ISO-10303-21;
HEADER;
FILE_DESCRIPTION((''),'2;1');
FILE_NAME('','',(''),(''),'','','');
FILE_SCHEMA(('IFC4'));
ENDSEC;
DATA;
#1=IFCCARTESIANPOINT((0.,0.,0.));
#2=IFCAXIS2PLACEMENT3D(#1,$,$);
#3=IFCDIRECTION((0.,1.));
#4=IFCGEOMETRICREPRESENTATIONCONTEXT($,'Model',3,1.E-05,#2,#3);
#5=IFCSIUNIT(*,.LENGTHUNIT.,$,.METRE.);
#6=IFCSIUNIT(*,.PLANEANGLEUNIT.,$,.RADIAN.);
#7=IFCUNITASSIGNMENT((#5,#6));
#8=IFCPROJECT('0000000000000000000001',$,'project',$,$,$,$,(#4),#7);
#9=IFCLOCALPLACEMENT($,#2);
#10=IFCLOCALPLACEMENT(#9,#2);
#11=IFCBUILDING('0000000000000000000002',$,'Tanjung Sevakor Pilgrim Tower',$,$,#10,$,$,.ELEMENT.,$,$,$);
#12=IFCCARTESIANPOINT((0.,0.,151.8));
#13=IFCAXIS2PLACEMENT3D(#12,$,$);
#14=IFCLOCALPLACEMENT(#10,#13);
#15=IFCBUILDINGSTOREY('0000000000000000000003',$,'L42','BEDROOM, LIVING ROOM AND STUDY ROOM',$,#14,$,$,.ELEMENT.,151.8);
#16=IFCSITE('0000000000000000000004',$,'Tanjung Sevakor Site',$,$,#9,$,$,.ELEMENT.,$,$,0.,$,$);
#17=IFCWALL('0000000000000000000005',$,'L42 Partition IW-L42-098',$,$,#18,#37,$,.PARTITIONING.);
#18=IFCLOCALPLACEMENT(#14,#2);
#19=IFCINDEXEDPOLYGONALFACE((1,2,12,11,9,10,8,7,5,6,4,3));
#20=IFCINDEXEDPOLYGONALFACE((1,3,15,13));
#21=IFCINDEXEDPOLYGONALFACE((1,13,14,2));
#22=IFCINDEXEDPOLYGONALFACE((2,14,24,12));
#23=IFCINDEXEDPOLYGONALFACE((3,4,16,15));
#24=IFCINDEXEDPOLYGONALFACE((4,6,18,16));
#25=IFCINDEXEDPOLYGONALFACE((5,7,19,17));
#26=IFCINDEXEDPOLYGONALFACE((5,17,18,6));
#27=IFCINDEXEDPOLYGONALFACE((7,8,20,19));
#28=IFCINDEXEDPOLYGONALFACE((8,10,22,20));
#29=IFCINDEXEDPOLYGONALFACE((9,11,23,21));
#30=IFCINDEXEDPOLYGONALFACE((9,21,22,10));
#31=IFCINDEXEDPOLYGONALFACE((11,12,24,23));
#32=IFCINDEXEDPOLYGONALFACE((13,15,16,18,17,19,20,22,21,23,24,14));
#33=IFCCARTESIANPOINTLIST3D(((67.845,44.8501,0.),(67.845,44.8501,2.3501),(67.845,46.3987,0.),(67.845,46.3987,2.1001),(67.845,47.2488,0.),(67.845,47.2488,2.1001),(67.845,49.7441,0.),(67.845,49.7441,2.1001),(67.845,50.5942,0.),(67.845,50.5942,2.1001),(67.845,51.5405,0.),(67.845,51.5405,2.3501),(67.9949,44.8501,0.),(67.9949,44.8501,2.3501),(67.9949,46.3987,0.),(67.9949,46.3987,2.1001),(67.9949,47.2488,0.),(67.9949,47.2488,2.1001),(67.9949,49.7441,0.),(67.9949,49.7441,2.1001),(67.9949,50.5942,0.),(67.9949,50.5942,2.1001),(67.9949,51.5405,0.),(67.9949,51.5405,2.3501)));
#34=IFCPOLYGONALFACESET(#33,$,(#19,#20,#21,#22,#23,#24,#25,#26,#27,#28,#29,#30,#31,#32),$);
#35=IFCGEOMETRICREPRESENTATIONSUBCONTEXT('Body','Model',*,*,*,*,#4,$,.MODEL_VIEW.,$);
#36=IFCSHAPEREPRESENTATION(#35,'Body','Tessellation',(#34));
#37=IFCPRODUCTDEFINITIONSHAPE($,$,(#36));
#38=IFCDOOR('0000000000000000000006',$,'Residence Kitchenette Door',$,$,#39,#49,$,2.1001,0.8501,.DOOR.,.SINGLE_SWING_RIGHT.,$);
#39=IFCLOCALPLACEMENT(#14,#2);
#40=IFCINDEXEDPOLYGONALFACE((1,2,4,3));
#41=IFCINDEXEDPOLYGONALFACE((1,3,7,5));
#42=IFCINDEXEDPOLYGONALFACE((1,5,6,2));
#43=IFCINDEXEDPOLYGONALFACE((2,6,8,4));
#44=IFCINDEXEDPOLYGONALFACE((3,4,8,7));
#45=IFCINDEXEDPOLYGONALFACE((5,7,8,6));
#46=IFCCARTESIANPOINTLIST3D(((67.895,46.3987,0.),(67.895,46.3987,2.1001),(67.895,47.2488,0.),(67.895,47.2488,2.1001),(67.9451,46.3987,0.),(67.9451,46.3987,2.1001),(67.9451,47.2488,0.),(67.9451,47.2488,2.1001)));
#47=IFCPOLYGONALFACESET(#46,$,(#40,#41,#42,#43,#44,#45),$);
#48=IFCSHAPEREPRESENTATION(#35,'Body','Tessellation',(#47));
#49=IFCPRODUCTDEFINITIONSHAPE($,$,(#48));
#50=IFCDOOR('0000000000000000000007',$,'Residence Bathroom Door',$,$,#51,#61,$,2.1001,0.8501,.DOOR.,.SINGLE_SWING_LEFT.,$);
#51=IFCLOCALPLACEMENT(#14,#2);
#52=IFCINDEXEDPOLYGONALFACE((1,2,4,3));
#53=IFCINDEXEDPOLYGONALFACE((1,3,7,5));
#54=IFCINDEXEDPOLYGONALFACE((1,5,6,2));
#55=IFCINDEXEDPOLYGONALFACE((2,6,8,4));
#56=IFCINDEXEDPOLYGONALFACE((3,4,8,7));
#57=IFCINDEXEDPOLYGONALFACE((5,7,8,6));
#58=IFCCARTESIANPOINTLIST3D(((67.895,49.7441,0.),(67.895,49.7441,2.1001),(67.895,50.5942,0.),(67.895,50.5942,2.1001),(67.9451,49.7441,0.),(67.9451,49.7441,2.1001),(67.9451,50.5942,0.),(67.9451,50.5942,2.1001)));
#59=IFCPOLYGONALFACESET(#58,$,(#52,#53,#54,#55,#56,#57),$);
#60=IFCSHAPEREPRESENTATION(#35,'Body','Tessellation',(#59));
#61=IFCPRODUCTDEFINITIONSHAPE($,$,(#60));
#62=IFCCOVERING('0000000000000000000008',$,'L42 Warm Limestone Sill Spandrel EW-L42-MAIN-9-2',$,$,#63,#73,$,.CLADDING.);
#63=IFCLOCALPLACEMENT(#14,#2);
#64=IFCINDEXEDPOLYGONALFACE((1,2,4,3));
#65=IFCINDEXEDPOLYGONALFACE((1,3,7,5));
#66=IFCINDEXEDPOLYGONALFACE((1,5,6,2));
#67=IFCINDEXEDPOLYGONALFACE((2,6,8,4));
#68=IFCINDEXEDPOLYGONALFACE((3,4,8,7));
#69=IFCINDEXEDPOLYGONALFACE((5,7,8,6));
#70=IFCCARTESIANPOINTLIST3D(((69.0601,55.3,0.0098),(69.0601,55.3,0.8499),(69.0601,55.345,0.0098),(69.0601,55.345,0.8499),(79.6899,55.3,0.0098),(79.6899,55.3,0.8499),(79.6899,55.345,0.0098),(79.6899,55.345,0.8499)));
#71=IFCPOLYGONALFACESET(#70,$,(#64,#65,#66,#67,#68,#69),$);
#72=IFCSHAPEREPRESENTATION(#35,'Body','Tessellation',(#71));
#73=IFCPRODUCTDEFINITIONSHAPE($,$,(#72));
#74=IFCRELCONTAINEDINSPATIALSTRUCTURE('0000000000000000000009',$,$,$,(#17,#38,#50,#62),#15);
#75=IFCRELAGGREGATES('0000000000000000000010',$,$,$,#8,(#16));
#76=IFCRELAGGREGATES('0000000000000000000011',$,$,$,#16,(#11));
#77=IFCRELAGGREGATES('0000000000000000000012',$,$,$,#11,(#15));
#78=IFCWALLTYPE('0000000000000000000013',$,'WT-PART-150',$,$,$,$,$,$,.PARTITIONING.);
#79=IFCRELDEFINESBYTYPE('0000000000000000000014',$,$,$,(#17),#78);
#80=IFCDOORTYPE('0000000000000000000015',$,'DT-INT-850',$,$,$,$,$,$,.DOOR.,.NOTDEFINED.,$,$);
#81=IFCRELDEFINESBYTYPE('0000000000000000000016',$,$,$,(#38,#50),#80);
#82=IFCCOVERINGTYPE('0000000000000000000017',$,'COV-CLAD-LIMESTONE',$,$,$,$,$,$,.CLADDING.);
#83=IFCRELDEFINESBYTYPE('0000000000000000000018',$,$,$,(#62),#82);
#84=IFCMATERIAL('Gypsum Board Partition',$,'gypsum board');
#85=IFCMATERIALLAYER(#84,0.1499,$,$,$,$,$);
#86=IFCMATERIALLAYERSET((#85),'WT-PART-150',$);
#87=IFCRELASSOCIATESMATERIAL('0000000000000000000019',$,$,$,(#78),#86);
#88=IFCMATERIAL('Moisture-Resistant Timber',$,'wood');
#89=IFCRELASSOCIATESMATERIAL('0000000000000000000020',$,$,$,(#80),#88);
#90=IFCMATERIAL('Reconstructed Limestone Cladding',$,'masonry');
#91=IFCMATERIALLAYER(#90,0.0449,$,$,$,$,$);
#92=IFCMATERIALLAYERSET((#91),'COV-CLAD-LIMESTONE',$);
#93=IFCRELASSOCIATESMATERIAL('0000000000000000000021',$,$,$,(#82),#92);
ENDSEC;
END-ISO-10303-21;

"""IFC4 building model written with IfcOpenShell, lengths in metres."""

from ifc_helpers import new_model, si_unit, direction, frame, frame_2d, origin, origin_2d, place, context, subcontext, project, spatial, rectangle, extrude, material, layer, layer_set, type_object, element, fill, save


model = new_model("IFC4")

# Units and contexts
model_context = context("Model", 3, precision=1e-05, world=origin(), true_north=direction((0.0, 1.0)))
body_context = subcontext(model_context, "Body", "Model", "MODEL_VIEW")
ifc_project = project(units=[si_unit("LENGTHUNIT", "METRE"), si_unit("PLANEANGLEUNIT", "RADIAN")], contexts=[model_context])

# Site, building, storey
site_placement = place(None, origin())
site = spatial("IfcSite", under=ifc_project, at=site_placement, Name="Tanjung Sevakor Site", CompositionType="ELEMENT", RefElevation=0.0)
building_placement = place(site_placement, origin())
building = spatial("IfcBuilding", under=site, at=building_placement, Name="Tanjung Sevakor Pilgrim Tower", CompositionType="ELEMENT")
storey_placement = place(building_placement, frame((0.0, 0.0, 151.8)))
storey = spatial("IfcBuildingStorey", under=building, at=storey_placement, Name="L42", Description="BEDROOM, LIVING ROOM AND STUDY ROOM", CompositionType="ELEMENT", Elevation=151.8)

# Wall, openings, doors
ifc_material_1 = material(Name="Gypsum Board Partition", Category="gypsum board")
ifc_layer_1 = layer(ifc_material_1, 0.1499)
ifc_layer_set_1 = layer_set([ifc_layer_1], Name="WT-PART-150")
wall_type_1 = type_object("IfcWallType", Name="WT-PART-150", PredefinedType="PARTITIONING", material=ifc_layer_set_1)
wall_1_placement = place(storey_placement, frame((67.9199, 44.8501, 0.0), z_axis=(0.0, 0.0, 1.0), x_axis=(0.0, 1.0, 0.0)))
wall_1 = element("IfcWall", 1, at=wall_1_placement, inside=storey, type_object=wall_type_1, Name="L42 Partition IW-L42-098", PredefinedType="PARTITIONING", context=body_context, shape_type="SweptSolid", body=[
    extrude(rectangle(XDim=6.6904, YDim=0.1499, at=frame_2d((3.3452, 0.0))), origin(), (0.0, 0.0, 1.0), 2.3501),
])
opening_1_placement = place(wall_1_placement, frame((1.5486, 0.0, 0.0)))
opening_1 = element("IfcOpeningElement", 2, at=opening_1_placement, cuts=wall_1, PredefinedType="OPENING", context=body_context, shape_type="SweptSolid", body=[
    extrude(rectangle(XDim=0.8501, YDim=2.1001, at=frame_2d((0.425, 1.05))), frame((0.0, 0.085, 0.0), z_axis=(0.0, -1.0, 0.0), x_axis=(1.0, 0.0, 0.0)), (0.0, 0.0, 1.0), 0.1699),
])
opening_2_placement = place(wall_1_placement, frame((4.894, 0.0, 0.0)))
opening_2 = element("IfcOpeningElement", 3, at=opening_2_placement, cuts=wall_1, PredefinedType="OPENING", context=body_context, shape_type="SweptSolid", body=[
    extrude(rectangle(XDim=0.8501, YDim=2.1001, at=frame_2d((0.425, 1.05))), frame((0.0, 0.085, 0.0), z_axis=(0.0, -1.0, 0.0), x_axis=(1.0, 0.0, 0.0)), (0.0, 0.0, 1.0), 0.1699),
])
ifc_material_2 = material(Name="Moisture-Resistant Timber", Category="wood")
door_type_1 = type_object("IfcDoorType", Name="DT-INT-850", OperationType="NOTDEFINED", PredefinedType="DOOR", material=ifc_material_2)
door_1_placement = place(opening_1_placement, origin())
door_1 = element("IfcDoor", 4, at=door_1_placement, inside=storey, type_object=door_type_1, Name="Residence Kitchenette Door", OperationType="SINGLE_SWING_RIGHT", OverallHeight=2.1001, OverallWidth=0.8501, PredefinedType="DOOR", context=body_context, shape_type="SweptSolid", body=[
    extrude(rectangle(XDim=0.8501, YDim=2.1001, at=frame_2d((0.425, 1.05))), frame((0.0, 0.0249, 0.0), z_axis=(0.0, -1.0, 0.0), x_axis=(1.0, 0.0, 0.0)), (0.0, 0.0, 1.0), 0.05),
])
fill(opening_1, door_1)
door_2_placement = place(opening_2_placement, origin())
door_2 = element("IfcDoor", 5, at=door_2_placement, inside=storey, type_object=door_type_1, Name="Residence Bathroom Door", OperationType="SINGLE_SWING_LEFT", OverallHeight=2.1001, OverallWidth=0.8501, PredefinedType="DOOR", context=body_context, shape_type="SweptSolid", body=[
    extrude(rectangle(XDim=0.8501, YDim=2.1001, at=frame_2d((0.425, 1.05))), frame((0.0, 0.0249, 0.0), z_axis=(0.0, -1.0, 0.0), x_axis=(1.0, 0.0, 0.0)), (0.0, 0.0, 1.0), 0.05),
])
fill(opening_2, door_2)

# Covering
ifc_material_3 = material(Name="Reconstructed Limestone Cladding", Category="masonry")
ifc_layer_2 = layer(ifc_material_3, 0.0449)
ifc_layer_set_2 = layer_set([ifc_layer_2], Name="COV-CLAD-LIMESTONE")
covering_type = type_object("IfcCoveringType", Name="COV-CLAD-LIMESTONE", PredefinedType="CLADDING", material=ifc_layer_set_2)
covering_placement = place(storey_placement, frame((74.375, 55.3225, 0.0098), z_axis=(0.0, 0.0, 1.0), x_axis=(-1.0, 0.0, 0.0)))
element("IfcCovering", 6, at=covering_placement, inside=storey, type_object=covering_type, Name="L42 Warm Limestone Sill Spandrel EW-L42-MAIN-9-2", PredefinedType="CLADDING", context=body_context, shape_type="SweptSolid", body=[
    extrude(rectangle(XDim=10.6299, YDim=0.0449, at=origin_2d()), origin(), (0.0, 0.0, 1.0), 0.8401),
])

save(model, "model.ifc")
